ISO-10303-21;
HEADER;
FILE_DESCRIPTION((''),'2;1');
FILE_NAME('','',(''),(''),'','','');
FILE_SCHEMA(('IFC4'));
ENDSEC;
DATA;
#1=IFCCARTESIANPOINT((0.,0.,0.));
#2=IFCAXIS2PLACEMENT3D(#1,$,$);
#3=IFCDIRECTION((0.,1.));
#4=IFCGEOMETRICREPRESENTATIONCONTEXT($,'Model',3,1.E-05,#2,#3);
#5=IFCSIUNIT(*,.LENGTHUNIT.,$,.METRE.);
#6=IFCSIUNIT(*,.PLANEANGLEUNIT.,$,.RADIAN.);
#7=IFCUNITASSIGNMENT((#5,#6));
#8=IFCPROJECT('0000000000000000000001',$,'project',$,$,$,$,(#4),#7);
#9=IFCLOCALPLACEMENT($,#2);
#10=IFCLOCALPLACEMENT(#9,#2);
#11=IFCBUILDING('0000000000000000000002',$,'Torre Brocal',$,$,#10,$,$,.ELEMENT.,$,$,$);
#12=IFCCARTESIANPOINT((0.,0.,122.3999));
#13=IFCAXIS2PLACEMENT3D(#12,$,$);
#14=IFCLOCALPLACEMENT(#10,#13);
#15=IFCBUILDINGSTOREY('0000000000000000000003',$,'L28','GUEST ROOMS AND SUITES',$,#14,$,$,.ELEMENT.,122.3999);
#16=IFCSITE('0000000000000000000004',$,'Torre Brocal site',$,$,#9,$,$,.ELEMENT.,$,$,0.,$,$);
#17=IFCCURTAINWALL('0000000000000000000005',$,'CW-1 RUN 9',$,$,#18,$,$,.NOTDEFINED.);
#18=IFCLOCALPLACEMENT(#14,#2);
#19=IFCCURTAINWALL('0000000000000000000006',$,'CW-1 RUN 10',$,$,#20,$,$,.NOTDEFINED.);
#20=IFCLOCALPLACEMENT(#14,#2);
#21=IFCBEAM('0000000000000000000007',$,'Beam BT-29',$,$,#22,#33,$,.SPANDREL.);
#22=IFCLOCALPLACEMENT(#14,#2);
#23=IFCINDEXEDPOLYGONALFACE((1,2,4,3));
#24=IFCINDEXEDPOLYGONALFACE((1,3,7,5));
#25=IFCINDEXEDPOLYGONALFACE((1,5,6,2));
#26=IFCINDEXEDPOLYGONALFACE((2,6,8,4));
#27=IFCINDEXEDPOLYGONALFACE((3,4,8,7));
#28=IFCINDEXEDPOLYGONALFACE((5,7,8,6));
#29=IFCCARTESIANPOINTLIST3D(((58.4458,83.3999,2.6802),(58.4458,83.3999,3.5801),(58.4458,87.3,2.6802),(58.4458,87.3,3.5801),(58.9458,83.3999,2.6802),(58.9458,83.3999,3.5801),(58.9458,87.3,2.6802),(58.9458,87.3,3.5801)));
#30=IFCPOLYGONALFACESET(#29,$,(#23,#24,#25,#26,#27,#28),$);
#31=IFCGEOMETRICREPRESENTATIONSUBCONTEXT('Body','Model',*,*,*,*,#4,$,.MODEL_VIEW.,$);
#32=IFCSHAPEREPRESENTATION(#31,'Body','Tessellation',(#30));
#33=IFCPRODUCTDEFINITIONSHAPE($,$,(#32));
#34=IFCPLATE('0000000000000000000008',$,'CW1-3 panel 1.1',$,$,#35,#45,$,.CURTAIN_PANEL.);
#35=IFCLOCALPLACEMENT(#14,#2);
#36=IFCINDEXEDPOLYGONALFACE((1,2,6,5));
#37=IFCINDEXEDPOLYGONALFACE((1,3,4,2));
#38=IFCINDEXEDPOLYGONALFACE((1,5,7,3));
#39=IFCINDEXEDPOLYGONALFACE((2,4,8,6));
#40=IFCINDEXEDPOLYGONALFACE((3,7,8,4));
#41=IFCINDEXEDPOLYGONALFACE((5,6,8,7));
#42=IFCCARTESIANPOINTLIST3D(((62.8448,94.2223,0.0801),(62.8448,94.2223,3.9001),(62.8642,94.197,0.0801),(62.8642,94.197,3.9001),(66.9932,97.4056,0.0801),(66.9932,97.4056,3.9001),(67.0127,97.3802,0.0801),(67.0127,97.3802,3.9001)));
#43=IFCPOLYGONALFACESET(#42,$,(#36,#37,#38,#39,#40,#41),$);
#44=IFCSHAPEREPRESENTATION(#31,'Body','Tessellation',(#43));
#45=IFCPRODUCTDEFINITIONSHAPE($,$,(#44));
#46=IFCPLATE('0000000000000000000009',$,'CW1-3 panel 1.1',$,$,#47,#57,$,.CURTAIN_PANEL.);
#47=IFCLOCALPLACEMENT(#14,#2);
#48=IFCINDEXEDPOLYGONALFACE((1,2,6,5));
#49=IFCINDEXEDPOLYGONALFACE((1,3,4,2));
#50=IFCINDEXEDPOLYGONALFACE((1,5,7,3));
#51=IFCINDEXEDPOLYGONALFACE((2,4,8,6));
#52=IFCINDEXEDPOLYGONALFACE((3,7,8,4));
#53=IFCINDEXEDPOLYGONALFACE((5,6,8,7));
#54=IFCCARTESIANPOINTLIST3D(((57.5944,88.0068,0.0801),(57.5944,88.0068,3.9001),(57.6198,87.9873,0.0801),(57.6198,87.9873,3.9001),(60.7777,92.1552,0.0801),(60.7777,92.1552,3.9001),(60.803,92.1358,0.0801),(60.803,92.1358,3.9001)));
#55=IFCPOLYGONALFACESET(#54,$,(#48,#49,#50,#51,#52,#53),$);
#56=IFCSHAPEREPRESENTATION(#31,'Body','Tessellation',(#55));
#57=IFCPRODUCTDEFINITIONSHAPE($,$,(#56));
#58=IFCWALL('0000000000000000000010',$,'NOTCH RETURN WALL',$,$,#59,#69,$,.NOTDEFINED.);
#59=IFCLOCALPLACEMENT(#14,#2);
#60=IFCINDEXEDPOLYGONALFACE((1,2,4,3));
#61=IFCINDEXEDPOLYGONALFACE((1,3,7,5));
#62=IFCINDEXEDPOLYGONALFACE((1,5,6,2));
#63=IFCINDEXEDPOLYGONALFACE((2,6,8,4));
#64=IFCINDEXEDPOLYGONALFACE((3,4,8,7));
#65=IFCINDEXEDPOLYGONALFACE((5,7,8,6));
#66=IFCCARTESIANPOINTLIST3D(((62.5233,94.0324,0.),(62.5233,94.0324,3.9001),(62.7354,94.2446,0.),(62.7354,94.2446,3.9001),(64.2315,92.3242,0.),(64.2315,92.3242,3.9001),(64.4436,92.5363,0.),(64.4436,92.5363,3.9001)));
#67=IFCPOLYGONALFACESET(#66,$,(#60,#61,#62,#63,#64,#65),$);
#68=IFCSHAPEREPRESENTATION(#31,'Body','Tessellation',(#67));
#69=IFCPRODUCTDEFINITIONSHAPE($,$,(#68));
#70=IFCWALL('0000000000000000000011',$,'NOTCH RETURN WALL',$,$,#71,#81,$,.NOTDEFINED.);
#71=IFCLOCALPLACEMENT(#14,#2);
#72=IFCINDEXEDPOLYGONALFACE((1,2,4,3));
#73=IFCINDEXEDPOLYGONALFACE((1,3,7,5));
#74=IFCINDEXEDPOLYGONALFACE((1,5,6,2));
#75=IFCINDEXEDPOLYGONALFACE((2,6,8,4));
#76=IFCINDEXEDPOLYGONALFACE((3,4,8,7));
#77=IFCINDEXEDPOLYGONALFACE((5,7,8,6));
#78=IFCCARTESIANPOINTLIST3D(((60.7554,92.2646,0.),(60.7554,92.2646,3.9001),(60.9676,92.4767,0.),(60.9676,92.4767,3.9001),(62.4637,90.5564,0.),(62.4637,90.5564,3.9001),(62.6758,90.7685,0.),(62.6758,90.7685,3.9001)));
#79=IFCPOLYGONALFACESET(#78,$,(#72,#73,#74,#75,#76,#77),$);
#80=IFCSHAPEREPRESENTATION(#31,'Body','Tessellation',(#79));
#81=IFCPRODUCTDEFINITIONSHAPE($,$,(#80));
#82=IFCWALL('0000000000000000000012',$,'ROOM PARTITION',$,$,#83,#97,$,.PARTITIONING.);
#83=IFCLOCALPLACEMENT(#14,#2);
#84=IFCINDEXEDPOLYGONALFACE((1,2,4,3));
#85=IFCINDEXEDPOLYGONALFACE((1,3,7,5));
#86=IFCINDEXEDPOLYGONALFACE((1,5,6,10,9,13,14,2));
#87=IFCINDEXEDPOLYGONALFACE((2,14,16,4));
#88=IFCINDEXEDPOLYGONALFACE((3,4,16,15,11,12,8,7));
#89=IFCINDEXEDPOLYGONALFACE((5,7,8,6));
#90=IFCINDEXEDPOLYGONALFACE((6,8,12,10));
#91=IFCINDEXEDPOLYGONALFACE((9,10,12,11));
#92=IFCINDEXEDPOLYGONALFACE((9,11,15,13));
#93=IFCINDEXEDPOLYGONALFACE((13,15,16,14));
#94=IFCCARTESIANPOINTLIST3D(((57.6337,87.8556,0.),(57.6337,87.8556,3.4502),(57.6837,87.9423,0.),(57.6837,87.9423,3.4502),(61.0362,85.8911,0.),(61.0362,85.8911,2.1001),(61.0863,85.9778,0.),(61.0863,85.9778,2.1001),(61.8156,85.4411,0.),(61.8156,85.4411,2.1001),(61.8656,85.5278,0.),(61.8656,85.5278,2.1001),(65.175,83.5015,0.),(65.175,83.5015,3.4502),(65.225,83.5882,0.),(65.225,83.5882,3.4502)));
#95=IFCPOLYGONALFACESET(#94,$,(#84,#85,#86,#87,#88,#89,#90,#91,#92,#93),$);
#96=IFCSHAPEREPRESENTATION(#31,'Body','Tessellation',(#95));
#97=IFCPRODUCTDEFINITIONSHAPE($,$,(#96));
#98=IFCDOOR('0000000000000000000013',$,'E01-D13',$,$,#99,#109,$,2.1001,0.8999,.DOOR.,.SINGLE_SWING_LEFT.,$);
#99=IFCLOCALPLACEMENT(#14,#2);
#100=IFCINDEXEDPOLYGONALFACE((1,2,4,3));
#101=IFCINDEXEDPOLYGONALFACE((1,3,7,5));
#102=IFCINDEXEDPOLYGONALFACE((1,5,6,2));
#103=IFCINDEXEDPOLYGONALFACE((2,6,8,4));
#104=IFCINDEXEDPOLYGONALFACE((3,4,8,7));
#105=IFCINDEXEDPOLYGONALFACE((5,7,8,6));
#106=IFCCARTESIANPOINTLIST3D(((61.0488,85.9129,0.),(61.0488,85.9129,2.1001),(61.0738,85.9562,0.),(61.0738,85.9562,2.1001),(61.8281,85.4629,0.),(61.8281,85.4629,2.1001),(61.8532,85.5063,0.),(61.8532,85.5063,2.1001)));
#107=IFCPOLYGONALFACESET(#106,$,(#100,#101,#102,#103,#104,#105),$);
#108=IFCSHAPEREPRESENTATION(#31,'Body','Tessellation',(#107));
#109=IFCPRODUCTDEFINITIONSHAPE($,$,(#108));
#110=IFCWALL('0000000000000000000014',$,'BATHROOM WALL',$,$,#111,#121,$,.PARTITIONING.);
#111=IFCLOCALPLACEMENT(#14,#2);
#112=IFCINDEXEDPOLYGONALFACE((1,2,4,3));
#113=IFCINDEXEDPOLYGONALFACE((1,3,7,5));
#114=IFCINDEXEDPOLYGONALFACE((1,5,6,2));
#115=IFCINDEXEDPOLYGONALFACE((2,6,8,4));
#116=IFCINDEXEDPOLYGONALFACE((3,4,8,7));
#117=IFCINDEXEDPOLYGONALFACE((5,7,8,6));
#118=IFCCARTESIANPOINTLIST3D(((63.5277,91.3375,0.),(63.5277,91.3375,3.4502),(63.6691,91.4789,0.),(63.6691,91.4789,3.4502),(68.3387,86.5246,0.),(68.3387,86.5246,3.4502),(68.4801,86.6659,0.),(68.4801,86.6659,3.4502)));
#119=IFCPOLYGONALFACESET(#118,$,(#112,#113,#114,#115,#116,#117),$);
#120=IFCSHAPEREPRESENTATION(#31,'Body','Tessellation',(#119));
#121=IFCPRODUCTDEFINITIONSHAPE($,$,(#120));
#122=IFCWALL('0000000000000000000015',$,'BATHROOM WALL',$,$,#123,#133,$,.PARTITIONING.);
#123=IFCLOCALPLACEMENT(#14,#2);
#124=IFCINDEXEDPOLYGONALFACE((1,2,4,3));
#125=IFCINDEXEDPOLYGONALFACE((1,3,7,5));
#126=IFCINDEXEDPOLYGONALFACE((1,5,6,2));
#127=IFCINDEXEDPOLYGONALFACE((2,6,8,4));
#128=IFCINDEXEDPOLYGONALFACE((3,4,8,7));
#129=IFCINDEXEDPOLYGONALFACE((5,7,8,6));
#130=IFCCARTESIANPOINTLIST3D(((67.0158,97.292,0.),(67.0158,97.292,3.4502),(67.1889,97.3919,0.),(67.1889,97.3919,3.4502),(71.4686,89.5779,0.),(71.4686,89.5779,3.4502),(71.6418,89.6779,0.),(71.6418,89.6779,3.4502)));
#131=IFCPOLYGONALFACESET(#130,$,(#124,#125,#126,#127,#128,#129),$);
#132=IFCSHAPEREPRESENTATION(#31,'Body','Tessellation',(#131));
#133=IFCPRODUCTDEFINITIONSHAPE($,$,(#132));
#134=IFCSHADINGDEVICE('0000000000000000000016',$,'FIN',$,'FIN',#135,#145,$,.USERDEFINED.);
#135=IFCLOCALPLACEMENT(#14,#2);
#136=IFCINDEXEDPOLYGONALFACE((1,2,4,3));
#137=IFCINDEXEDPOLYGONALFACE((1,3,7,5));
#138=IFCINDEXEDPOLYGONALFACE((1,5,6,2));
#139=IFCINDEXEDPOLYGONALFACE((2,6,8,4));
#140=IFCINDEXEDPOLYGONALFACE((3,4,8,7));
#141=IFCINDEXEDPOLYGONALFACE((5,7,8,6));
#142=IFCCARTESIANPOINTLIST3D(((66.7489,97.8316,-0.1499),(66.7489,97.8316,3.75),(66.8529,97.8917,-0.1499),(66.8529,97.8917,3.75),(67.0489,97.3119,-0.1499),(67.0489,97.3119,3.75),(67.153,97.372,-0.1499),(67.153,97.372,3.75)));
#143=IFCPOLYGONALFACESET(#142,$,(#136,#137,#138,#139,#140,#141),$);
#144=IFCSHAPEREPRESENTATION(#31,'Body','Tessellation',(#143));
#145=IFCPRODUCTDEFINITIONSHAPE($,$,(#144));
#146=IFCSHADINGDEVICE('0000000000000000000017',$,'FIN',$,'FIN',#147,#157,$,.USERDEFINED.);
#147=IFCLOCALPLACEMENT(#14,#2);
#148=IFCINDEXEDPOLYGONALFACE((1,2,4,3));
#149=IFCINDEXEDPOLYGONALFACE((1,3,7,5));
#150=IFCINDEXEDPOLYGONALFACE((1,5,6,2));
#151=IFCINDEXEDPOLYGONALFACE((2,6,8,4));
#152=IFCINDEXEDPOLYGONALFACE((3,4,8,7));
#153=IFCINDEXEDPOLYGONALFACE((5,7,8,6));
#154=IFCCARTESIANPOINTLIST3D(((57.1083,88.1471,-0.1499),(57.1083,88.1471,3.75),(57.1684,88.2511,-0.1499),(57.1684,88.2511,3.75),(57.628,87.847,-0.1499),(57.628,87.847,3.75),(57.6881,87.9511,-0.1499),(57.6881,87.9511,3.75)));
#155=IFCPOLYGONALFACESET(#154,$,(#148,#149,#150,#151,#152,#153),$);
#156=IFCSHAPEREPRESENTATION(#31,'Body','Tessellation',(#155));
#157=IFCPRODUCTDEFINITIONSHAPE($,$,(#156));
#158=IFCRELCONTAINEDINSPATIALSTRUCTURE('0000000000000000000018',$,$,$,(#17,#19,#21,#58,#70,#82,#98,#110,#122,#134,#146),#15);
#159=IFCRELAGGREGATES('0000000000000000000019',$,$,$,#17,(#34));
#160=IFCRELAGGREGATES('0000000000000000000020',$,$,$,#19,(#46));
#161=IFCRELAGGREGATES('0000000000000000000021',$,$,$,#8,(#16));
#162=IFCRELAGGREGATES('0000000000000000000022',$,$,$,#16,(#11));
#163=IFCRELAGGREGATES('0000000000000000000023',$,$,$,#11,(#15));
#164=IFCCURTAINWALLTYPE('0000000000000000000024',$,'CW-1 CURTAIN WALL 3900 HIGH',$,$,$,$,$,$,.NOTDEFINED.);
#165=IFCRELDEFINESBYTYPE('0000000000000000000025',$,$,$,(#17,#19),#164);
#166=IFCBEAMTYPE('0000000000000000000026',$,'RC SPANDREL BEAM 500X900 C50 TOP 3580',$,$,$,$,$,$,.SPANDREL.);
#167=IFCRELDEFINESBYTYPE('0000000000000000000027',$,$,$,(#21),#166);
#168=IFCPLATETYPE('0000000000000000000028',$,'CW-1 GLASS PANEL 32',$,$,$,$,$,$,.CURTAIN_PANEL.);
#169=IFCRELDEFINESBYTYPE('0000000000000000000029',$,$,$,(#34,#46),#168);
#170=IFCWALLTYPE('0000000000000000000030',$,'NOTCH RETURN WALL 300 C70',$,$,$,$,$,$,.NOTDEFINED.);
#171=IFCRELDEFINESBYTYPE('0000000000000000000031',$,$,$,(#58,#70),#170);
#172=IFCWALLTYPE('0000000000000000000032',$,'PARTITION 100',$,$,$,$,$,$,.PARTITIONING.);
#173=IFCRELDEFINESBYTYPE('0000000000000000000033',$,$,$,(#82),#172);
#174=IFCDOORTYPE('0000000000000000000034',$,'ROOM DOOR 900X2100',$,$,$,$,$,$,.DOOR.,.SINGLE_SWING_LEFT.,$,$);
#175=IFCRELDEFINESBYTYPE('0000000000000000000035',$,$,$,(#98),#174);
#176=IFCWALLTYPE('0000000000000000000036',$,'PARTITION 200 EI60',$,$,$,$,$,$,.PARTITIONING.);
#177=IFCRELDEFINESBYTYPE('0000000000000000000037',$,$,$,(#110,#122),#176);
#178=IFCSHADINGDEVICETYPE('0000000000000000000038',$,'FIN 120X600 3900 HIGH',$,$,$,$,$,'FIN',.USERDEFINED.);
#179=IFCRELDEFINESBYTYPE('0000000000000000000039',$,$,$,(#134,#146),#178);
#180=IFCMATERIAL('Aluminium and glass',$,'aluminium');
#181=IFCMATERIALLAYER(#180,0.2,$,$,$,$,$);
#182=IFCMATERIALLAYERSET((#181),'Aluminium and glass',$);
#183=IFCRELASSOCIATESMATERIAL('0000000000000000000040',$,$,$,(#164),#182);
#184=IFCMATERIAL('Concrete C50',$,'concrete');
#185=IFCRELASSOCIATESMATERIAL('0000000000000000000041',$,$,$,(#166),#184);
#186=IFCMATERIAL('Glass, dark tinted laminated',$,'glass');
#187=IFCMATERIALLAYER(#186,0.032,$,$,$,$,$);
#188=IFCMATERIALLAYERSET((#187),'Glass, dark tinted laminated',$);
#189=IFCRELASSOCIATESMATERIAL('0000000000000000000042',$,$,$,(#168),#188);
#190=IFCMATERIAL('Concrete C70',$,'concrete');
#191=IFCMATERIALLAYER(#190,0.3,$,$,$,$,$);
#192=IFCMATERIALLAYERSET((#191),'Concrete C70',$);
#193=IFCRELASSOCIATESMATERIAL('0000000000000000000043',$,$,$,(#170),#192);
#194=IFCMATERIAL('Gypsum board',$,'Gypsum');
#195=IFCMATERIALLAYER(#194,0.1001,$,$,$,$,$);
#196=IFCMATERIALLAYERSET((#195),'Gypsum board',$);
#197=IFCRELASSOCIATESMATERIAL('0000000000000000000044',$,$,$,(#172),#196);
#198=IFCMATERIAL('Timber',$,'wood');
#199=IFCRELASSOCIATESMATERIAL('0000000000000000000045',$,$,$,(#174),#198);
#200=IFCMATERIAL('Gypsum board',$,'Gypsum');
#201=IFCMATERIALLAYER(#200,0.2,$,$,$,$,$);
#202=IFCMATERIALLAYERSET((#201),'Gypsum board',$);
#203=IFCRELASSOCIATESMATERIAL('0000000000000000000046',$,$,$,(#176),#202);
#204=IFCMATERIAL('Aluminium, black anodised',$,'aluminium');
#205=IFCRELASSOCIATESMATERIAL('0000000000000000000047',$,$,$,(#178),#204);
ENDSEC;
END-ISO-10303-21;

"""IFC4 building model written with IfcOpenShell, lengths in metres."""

from ifc_helpers import new_model, si_unit, direction, frame, frame_2d, origin, origin_2d, place, context, subcontext, project, spatial, rectangle, extrude, material, layer, layer_set, material_profile, profile_set, type_object, element, fill, aggregate, save


model = new_model("IFC4")

# Units and contexts
model_context = context("Model", 3, precision=1e-05, world=origin(), true_north=direction((0.0, 1.0)))
body_context = subcontext(model_context, "Body", "Model", "MODEL_VIEW")
ifc_project = project(units=[si_unit("LENGTHUNIT", "METRE"), si_unit("PLANEANGLEUNIT", "RADIAN")], contexts=[model_context])

# Site, building, storey
site_placement = place(None, origin())
site = spatial("IfcSite", under=ifc_project, at=site_placement, Name="Torre Brocal site", CompositionType="ELEMENT", RefElevation=0.0)
building_placement = place(site_placement, origin())
building = spatial("IfcBuilding", under=site, at=building_placement, Name="Torre Brocal", CompositionType="ELEMENT")
storey_placement = place(building_placement, frame((0.0, 0.0, 122.3999)))
storey = spatial("IfcBuildingStorey", under=building, at=storey_placement, Name="L28", Description="GUEST ROOMS AND SUITES", CompositionType="ELEMENT", Elevation=122.3999)

# Shared definitions
ifc_material_1 = material(Name="Aluminium and glass", Category="aluminium")
ifc_layer_1 = layer(ifc_material_1, 0.2)
ifc_layer_set_1 = layer_set([ifc_layer_1], Name="Aluminium and glass")
curtain_wall_type = type_object("IfcCurtainWallType", Name="CW-1 CURTAIN WALL 3900 HIGH", PredefinedType="NOTDEFINED", material=ifc_layer_set_1)

# Curtain walls
curtain_wall_1_placement = place(storey_placement, origin())
curtain_wall_1 = element("IfcCurtainWall", 1, at=curtain_wall_1_placement, inside=storey, type_object=curtain_wall_type, Name="CW-1 RUN 9", PredefinedType="NOTDEFINED")
curtain_wall_2_placement = place(storey_placement, origin())
curtain_wall_2 = element("IfcCurtainWall", 2, at=curtain_wall_2_placement, inside=storey, type_object=curtain_wall_type, Name="CW-1 RUN 10", PredefinedType="NOTDEFINED")

# Beam
ifc_material_2 = material(Name="Concrete C50", Category="concrete")
ifc_material_profile_1 = material_profile(ifc_material_2, rectangle(XDim=0.5, YDim=0.8999, at=origin_2d()), Name="RC 500X900")
ifc_profile_set_1 = profile_set([ifc_material_profile_1], Name="Concrete C50")
beam_type_1 = type_object("IfcBeamType", Name="RC SPANDREL BEAM 500X900 C50 TOP 3580", PredefinedType="SPANDREL", material=ifc_profile_set_1)
beam_1_placement = place(storey_placement, frame((58.6958, 87.3, 3.1301), z_axis=(0.0, -1.0, 0.0), x_axis=(1.0, 0.0, 0.0)))
element("IfcBeam", 3, at=beam_1_placement, inside=storey, type_object=beam_type_1, Name="Beam BT-29", PredefinedType="SPANDREL", context=body_context, shape_type="SweptSolid", body=[
    extrude(rectangle(XDim=0.5, YDim=0.8999, at=origin_2d()), origin(), (0.0, 0.0, 1.0), 3.9001),
])

# Plates
ifc_material_3 = material(Name="Glass, dark tinted laminated", Category="glass")
ifc_layer_2 = layer(ifc_material_3, 0.032)
ifc_layer_set_2 = layer_set([ifc_layer_2], Name="Glass, dark tinted laminated")
plate_type = type_object("IfcPlateType", Name="CW-1 GLASS PANEL 32", PredefinedType="CURTAIN_PANEL", material=ifc_layer_set_2)
plate_1_placement = place(storey_placement, frame((64.9287, 95.8013, 0.0801), z_axis=(0.0, 0.0, 1.0), x_axis=(-0.793353, -0.608761, 0.0)))
plate_1 = element("IfcPlate", 4, at=plate_1_placement, type_object=plate_type, Name="CW1-3 panel 1.1", PredefinedType="CURTAIN_PANEL", context=body_context, shape_type="SweptSolid", body=[
    extrude(rectangle(XDim=5.229, YDim=0.032, at=origin_2d()), origin(), (0.0, 0.0, 1.0), 3.8201),
])
aggregate(curtain_wall_1, [plate_1])
plate_2_placement = place(storey_placement, frame((59.1987, 90.0713, 0.0801), z_axis=(0.0, 0.0, 1.0), x_axis=(-0.608761, -0.793353, 0.0)))
plate_2 = element("IfcPlate", 5, at=plate_2_placement, type_object=plate_type, Name="CW1-3 panel 1.1", PredefinedType="CURTAIN_PANEL", context=body_context, shape_type="SweptSolid", body=[
    extrude(rectangle(XDim=5.229, YDim=0.032, at=origin_2d()), origin(), (0.0, 0.0, 1.0), 3.8201),
])
aggregate(curtain_wall_2, [plate_2])

# Walls
ifc_material_4 = material(Name="Concrete C70", Category="concrete")
ifc_layer_3 = layer(ifc_material_4, 0.3)
ifc_layer_set_3 = layer_set([ifc_layer_3], Name="Concrete C70")
wall_type_1 = type_object("IfcWallType", Name="NOTCH RETURN WALL 300 C70", PredefinedType="NOTDEFINED", material=ifc_layer_set_3)
for number, where, z_axis, x_axis, name in (
    (6, (64.3376, 92.4302, 0.0), (0.0, 0.0, 1.0), (-0.707107, 0.707107, 0.0), "NOTCH RETURN WALL"),
    (7, (62.5698, 90.6624, 0.0), (0.0, 0.0, 1.0), (-0.707107, 0.707107, 0.0), "NOTCH RETURN WALL"),
):
    element("IfcWall", number, at=place(storey_placement, frame(where, z_axis=z_axis, x_axis=x_axis)), inside=storey, type_object=wall_type_1, Name=name, PredefinedType="NOTDEFINED", context=body_context, shape_type="SweptSolid", body=[
        extrude(rectangle(XDim=2.4158, YDim=0.3, at=frame_2d((1.208, 0.0))), origin(), (0.0, 0.0, 1.0), 3.9001),
    ])

# Wall, opening, door
ifc_material_5 = material(Name="Gypsum board", Category="Gypsum")
ifc_layer_4 = layer(ifc_material_5, 0.1001)
ifc_layer_set_4 = layer_set([ifc_layer_4], Name="Gypsum board")
wall_type_2 = type_object("IfcWallType", Name="PARTITION 100", PredefinedType="PARTITIONING", material=ifc_layer_set_4)
wall_1_placement = place(storey_placement, frame((57.6587, 87.8989, 0.0), z_axis=(0.0, 0.0, 1.0), x_axis=(0.866023, -0.500005, 0.0)))
wall_1 = element("IfcWall", 8, at=wall_1_placement, inside=storey, type_object=wall_type_2, Name="ROOM PARTITION", PredefinedType="PARTITIONING", context=body_context, shape_type="SweptSolid", body=[
    extrude(rectangle(XDim=8.708, YDim=0.1001, at=frame_2d((4.354, 0.0))), origin(), (0.0, 0.0, 1.0), 3.4502),
])
opening_placement = place(wall_1_placement, frame((3.929, 0.0, 0.0)))
opening = element("IfcOpeningElement", 9, at=opening_placement, cuts=wall_1, PredefinedType="OPENING", context=body_context, shape_type="SweptSolid", body=[
    extrude(rectangle(XDim=0.8999, YDim=2.1001, at=frame_2d((0.45, 1.05))), frame((0.0, 0.0601, 0.0), z_axis=(0.0, -1.0, 0.0), x_axis=(1.0, 0.0, 0.0)), (0.0, 0.0, 1.0), 0.1201),
])
ifc_material_6 = material(Name="Timber", Category="wood")
door_type = type_object("IfcDoorType", Name="ROOM DOOR 900X2100", OperationType="SINGLE_SWING_LEFT", PredefinedType="DOOR", material=ifc_material_6)
door_placement = place(opening_placement, frame((0.8999, 0.0, 0.0), z_axis=(0.0, 0.0, 1.0), x_axis=(-1.0, 0.0, 0.0)))
door = element("IfcDoor", 10, at=door_placement, inside=storey, type_object=door_type, Name="E01-D13", OperationType="SINGLE_SWING_LEFT", OverallHeight=2.1001, OverallWidth=0.8999, PredefinedType="DOOR", context=body_context, shape_type="SweptSolid", body=[
    extrude(rectangle(XDim=0.8999, YDim=2.1001, at=frame_2d((0.45, 1.05))), frame((0.0, 0.0249, 0.0), z_axis=(0.0, -1.0, 0.0), x_axis=(1.0, 0.0, 0.0)), (0.0, 0.0, 1.0), 0.05),
])
fill(opening, door)

# Walls
ifc_material_7 = material(Name="Gypsum board", Category="Gypsum")
ifc_layer_5 = layer(ifc_material_7, 0.2)
ifc_layer_set_5 = layer_set([ifc_layer_5], Name="Gypsum board")
wall_type_3 = type_object("IfcWallType", Name="PARTITION 200 EI60", PredefinedType="PARTITIONING", material=ifc_layer_set_5)
wall_2_placement = place(storey_placement, frame((63.5984, 91.4082, 0.0), z_axis=(0.0, 0.0, 1.0), x_axis=(0.706963, -0.70725, 0.0)))
element("IfcWall", 11, at=wall_2_placement, inside=storey, type_object=wall_type_3, Name="BATHROOM WALL", PredefinedType="PARTITIONING", context=body_context, shape_type="SweptSolid", body=[
    extrude(rectangle(XDim=6.8052, YDim=0.2, at=frame_2d((3.4026, 0.0))), origin(), (0.0, 0.0, 1.0), 3.4502),
])
wall_3_placement = place(storey_placement, frame((67.1023, 97.342, 0.0), z_axis=(0.0, 0.0, 1.0), x_axis=(0.499927, -0.866067, 0.0)))
element("IfcWall", 12, at=wall_3_placement, inside=storey, type_object=wall_type_3, Name="BATHROOM WALL", PredefinedType="PARTITIONING", context=body_context, shape_type="SweptSolid", body=[
    extrude(rectangle(XDim=8.907, YDim=0.2, at=frame_2d((4.4536, 0.0))), origin(), (0.0, 0.0, 1.0), 3.4502),
])

# Shading devices
ifc_material_8 = material(Name="Aluminium, black anodised", Category="aluminium")
ifc_material_profile_2 = material_profile(ifc_material_8, rectangle(XDim=0.1201, YDim=0.6001, at=origin_2d()), Name="FIN 120X600 3900 HIGH")
ifc_profile_set_2 = profile_set([ifc_material_profile_2], Name="Aluminium, black anodised")
shading_device_type = type_object("IfcShadingDeviceType", Name="FIN 120X600 3900 HIGH", ElementType="FIN", PredefinedType="USERDEFINED", material=ifc_profile_set_2)
for number, where, z_axis, x_axis, name in (
    (13, (66.9509, 97.6018, -0.1499), (0.0, 0.0, 1.0), (-0.866025, -0.5, 0.0), "FIN"),
    (14, (57.3982, 88.0491, -0.1499), (0.0, 0.0, 1.0), (-0.5, -0.866025, 0.0), "FIN"),
):
    element("IfcShadingDevice", number, at=place(storey_placement, frame(where, z_axis=z_axis, x_axis=x_axis)), inside=storey, type_object=shading_device_type, Name=name, ObjectType="FIN", PredefinedType="USERDEFINED", context=body_context, shape_type="SweptSolid", body=[
        extrude(rectangle(XDim=0.1201, YDim=0.6001, at=origin_2d()), origin(), (0.0, 0.0, 1.0), 3.8999),
    ])

save(model, "model.ifc")
